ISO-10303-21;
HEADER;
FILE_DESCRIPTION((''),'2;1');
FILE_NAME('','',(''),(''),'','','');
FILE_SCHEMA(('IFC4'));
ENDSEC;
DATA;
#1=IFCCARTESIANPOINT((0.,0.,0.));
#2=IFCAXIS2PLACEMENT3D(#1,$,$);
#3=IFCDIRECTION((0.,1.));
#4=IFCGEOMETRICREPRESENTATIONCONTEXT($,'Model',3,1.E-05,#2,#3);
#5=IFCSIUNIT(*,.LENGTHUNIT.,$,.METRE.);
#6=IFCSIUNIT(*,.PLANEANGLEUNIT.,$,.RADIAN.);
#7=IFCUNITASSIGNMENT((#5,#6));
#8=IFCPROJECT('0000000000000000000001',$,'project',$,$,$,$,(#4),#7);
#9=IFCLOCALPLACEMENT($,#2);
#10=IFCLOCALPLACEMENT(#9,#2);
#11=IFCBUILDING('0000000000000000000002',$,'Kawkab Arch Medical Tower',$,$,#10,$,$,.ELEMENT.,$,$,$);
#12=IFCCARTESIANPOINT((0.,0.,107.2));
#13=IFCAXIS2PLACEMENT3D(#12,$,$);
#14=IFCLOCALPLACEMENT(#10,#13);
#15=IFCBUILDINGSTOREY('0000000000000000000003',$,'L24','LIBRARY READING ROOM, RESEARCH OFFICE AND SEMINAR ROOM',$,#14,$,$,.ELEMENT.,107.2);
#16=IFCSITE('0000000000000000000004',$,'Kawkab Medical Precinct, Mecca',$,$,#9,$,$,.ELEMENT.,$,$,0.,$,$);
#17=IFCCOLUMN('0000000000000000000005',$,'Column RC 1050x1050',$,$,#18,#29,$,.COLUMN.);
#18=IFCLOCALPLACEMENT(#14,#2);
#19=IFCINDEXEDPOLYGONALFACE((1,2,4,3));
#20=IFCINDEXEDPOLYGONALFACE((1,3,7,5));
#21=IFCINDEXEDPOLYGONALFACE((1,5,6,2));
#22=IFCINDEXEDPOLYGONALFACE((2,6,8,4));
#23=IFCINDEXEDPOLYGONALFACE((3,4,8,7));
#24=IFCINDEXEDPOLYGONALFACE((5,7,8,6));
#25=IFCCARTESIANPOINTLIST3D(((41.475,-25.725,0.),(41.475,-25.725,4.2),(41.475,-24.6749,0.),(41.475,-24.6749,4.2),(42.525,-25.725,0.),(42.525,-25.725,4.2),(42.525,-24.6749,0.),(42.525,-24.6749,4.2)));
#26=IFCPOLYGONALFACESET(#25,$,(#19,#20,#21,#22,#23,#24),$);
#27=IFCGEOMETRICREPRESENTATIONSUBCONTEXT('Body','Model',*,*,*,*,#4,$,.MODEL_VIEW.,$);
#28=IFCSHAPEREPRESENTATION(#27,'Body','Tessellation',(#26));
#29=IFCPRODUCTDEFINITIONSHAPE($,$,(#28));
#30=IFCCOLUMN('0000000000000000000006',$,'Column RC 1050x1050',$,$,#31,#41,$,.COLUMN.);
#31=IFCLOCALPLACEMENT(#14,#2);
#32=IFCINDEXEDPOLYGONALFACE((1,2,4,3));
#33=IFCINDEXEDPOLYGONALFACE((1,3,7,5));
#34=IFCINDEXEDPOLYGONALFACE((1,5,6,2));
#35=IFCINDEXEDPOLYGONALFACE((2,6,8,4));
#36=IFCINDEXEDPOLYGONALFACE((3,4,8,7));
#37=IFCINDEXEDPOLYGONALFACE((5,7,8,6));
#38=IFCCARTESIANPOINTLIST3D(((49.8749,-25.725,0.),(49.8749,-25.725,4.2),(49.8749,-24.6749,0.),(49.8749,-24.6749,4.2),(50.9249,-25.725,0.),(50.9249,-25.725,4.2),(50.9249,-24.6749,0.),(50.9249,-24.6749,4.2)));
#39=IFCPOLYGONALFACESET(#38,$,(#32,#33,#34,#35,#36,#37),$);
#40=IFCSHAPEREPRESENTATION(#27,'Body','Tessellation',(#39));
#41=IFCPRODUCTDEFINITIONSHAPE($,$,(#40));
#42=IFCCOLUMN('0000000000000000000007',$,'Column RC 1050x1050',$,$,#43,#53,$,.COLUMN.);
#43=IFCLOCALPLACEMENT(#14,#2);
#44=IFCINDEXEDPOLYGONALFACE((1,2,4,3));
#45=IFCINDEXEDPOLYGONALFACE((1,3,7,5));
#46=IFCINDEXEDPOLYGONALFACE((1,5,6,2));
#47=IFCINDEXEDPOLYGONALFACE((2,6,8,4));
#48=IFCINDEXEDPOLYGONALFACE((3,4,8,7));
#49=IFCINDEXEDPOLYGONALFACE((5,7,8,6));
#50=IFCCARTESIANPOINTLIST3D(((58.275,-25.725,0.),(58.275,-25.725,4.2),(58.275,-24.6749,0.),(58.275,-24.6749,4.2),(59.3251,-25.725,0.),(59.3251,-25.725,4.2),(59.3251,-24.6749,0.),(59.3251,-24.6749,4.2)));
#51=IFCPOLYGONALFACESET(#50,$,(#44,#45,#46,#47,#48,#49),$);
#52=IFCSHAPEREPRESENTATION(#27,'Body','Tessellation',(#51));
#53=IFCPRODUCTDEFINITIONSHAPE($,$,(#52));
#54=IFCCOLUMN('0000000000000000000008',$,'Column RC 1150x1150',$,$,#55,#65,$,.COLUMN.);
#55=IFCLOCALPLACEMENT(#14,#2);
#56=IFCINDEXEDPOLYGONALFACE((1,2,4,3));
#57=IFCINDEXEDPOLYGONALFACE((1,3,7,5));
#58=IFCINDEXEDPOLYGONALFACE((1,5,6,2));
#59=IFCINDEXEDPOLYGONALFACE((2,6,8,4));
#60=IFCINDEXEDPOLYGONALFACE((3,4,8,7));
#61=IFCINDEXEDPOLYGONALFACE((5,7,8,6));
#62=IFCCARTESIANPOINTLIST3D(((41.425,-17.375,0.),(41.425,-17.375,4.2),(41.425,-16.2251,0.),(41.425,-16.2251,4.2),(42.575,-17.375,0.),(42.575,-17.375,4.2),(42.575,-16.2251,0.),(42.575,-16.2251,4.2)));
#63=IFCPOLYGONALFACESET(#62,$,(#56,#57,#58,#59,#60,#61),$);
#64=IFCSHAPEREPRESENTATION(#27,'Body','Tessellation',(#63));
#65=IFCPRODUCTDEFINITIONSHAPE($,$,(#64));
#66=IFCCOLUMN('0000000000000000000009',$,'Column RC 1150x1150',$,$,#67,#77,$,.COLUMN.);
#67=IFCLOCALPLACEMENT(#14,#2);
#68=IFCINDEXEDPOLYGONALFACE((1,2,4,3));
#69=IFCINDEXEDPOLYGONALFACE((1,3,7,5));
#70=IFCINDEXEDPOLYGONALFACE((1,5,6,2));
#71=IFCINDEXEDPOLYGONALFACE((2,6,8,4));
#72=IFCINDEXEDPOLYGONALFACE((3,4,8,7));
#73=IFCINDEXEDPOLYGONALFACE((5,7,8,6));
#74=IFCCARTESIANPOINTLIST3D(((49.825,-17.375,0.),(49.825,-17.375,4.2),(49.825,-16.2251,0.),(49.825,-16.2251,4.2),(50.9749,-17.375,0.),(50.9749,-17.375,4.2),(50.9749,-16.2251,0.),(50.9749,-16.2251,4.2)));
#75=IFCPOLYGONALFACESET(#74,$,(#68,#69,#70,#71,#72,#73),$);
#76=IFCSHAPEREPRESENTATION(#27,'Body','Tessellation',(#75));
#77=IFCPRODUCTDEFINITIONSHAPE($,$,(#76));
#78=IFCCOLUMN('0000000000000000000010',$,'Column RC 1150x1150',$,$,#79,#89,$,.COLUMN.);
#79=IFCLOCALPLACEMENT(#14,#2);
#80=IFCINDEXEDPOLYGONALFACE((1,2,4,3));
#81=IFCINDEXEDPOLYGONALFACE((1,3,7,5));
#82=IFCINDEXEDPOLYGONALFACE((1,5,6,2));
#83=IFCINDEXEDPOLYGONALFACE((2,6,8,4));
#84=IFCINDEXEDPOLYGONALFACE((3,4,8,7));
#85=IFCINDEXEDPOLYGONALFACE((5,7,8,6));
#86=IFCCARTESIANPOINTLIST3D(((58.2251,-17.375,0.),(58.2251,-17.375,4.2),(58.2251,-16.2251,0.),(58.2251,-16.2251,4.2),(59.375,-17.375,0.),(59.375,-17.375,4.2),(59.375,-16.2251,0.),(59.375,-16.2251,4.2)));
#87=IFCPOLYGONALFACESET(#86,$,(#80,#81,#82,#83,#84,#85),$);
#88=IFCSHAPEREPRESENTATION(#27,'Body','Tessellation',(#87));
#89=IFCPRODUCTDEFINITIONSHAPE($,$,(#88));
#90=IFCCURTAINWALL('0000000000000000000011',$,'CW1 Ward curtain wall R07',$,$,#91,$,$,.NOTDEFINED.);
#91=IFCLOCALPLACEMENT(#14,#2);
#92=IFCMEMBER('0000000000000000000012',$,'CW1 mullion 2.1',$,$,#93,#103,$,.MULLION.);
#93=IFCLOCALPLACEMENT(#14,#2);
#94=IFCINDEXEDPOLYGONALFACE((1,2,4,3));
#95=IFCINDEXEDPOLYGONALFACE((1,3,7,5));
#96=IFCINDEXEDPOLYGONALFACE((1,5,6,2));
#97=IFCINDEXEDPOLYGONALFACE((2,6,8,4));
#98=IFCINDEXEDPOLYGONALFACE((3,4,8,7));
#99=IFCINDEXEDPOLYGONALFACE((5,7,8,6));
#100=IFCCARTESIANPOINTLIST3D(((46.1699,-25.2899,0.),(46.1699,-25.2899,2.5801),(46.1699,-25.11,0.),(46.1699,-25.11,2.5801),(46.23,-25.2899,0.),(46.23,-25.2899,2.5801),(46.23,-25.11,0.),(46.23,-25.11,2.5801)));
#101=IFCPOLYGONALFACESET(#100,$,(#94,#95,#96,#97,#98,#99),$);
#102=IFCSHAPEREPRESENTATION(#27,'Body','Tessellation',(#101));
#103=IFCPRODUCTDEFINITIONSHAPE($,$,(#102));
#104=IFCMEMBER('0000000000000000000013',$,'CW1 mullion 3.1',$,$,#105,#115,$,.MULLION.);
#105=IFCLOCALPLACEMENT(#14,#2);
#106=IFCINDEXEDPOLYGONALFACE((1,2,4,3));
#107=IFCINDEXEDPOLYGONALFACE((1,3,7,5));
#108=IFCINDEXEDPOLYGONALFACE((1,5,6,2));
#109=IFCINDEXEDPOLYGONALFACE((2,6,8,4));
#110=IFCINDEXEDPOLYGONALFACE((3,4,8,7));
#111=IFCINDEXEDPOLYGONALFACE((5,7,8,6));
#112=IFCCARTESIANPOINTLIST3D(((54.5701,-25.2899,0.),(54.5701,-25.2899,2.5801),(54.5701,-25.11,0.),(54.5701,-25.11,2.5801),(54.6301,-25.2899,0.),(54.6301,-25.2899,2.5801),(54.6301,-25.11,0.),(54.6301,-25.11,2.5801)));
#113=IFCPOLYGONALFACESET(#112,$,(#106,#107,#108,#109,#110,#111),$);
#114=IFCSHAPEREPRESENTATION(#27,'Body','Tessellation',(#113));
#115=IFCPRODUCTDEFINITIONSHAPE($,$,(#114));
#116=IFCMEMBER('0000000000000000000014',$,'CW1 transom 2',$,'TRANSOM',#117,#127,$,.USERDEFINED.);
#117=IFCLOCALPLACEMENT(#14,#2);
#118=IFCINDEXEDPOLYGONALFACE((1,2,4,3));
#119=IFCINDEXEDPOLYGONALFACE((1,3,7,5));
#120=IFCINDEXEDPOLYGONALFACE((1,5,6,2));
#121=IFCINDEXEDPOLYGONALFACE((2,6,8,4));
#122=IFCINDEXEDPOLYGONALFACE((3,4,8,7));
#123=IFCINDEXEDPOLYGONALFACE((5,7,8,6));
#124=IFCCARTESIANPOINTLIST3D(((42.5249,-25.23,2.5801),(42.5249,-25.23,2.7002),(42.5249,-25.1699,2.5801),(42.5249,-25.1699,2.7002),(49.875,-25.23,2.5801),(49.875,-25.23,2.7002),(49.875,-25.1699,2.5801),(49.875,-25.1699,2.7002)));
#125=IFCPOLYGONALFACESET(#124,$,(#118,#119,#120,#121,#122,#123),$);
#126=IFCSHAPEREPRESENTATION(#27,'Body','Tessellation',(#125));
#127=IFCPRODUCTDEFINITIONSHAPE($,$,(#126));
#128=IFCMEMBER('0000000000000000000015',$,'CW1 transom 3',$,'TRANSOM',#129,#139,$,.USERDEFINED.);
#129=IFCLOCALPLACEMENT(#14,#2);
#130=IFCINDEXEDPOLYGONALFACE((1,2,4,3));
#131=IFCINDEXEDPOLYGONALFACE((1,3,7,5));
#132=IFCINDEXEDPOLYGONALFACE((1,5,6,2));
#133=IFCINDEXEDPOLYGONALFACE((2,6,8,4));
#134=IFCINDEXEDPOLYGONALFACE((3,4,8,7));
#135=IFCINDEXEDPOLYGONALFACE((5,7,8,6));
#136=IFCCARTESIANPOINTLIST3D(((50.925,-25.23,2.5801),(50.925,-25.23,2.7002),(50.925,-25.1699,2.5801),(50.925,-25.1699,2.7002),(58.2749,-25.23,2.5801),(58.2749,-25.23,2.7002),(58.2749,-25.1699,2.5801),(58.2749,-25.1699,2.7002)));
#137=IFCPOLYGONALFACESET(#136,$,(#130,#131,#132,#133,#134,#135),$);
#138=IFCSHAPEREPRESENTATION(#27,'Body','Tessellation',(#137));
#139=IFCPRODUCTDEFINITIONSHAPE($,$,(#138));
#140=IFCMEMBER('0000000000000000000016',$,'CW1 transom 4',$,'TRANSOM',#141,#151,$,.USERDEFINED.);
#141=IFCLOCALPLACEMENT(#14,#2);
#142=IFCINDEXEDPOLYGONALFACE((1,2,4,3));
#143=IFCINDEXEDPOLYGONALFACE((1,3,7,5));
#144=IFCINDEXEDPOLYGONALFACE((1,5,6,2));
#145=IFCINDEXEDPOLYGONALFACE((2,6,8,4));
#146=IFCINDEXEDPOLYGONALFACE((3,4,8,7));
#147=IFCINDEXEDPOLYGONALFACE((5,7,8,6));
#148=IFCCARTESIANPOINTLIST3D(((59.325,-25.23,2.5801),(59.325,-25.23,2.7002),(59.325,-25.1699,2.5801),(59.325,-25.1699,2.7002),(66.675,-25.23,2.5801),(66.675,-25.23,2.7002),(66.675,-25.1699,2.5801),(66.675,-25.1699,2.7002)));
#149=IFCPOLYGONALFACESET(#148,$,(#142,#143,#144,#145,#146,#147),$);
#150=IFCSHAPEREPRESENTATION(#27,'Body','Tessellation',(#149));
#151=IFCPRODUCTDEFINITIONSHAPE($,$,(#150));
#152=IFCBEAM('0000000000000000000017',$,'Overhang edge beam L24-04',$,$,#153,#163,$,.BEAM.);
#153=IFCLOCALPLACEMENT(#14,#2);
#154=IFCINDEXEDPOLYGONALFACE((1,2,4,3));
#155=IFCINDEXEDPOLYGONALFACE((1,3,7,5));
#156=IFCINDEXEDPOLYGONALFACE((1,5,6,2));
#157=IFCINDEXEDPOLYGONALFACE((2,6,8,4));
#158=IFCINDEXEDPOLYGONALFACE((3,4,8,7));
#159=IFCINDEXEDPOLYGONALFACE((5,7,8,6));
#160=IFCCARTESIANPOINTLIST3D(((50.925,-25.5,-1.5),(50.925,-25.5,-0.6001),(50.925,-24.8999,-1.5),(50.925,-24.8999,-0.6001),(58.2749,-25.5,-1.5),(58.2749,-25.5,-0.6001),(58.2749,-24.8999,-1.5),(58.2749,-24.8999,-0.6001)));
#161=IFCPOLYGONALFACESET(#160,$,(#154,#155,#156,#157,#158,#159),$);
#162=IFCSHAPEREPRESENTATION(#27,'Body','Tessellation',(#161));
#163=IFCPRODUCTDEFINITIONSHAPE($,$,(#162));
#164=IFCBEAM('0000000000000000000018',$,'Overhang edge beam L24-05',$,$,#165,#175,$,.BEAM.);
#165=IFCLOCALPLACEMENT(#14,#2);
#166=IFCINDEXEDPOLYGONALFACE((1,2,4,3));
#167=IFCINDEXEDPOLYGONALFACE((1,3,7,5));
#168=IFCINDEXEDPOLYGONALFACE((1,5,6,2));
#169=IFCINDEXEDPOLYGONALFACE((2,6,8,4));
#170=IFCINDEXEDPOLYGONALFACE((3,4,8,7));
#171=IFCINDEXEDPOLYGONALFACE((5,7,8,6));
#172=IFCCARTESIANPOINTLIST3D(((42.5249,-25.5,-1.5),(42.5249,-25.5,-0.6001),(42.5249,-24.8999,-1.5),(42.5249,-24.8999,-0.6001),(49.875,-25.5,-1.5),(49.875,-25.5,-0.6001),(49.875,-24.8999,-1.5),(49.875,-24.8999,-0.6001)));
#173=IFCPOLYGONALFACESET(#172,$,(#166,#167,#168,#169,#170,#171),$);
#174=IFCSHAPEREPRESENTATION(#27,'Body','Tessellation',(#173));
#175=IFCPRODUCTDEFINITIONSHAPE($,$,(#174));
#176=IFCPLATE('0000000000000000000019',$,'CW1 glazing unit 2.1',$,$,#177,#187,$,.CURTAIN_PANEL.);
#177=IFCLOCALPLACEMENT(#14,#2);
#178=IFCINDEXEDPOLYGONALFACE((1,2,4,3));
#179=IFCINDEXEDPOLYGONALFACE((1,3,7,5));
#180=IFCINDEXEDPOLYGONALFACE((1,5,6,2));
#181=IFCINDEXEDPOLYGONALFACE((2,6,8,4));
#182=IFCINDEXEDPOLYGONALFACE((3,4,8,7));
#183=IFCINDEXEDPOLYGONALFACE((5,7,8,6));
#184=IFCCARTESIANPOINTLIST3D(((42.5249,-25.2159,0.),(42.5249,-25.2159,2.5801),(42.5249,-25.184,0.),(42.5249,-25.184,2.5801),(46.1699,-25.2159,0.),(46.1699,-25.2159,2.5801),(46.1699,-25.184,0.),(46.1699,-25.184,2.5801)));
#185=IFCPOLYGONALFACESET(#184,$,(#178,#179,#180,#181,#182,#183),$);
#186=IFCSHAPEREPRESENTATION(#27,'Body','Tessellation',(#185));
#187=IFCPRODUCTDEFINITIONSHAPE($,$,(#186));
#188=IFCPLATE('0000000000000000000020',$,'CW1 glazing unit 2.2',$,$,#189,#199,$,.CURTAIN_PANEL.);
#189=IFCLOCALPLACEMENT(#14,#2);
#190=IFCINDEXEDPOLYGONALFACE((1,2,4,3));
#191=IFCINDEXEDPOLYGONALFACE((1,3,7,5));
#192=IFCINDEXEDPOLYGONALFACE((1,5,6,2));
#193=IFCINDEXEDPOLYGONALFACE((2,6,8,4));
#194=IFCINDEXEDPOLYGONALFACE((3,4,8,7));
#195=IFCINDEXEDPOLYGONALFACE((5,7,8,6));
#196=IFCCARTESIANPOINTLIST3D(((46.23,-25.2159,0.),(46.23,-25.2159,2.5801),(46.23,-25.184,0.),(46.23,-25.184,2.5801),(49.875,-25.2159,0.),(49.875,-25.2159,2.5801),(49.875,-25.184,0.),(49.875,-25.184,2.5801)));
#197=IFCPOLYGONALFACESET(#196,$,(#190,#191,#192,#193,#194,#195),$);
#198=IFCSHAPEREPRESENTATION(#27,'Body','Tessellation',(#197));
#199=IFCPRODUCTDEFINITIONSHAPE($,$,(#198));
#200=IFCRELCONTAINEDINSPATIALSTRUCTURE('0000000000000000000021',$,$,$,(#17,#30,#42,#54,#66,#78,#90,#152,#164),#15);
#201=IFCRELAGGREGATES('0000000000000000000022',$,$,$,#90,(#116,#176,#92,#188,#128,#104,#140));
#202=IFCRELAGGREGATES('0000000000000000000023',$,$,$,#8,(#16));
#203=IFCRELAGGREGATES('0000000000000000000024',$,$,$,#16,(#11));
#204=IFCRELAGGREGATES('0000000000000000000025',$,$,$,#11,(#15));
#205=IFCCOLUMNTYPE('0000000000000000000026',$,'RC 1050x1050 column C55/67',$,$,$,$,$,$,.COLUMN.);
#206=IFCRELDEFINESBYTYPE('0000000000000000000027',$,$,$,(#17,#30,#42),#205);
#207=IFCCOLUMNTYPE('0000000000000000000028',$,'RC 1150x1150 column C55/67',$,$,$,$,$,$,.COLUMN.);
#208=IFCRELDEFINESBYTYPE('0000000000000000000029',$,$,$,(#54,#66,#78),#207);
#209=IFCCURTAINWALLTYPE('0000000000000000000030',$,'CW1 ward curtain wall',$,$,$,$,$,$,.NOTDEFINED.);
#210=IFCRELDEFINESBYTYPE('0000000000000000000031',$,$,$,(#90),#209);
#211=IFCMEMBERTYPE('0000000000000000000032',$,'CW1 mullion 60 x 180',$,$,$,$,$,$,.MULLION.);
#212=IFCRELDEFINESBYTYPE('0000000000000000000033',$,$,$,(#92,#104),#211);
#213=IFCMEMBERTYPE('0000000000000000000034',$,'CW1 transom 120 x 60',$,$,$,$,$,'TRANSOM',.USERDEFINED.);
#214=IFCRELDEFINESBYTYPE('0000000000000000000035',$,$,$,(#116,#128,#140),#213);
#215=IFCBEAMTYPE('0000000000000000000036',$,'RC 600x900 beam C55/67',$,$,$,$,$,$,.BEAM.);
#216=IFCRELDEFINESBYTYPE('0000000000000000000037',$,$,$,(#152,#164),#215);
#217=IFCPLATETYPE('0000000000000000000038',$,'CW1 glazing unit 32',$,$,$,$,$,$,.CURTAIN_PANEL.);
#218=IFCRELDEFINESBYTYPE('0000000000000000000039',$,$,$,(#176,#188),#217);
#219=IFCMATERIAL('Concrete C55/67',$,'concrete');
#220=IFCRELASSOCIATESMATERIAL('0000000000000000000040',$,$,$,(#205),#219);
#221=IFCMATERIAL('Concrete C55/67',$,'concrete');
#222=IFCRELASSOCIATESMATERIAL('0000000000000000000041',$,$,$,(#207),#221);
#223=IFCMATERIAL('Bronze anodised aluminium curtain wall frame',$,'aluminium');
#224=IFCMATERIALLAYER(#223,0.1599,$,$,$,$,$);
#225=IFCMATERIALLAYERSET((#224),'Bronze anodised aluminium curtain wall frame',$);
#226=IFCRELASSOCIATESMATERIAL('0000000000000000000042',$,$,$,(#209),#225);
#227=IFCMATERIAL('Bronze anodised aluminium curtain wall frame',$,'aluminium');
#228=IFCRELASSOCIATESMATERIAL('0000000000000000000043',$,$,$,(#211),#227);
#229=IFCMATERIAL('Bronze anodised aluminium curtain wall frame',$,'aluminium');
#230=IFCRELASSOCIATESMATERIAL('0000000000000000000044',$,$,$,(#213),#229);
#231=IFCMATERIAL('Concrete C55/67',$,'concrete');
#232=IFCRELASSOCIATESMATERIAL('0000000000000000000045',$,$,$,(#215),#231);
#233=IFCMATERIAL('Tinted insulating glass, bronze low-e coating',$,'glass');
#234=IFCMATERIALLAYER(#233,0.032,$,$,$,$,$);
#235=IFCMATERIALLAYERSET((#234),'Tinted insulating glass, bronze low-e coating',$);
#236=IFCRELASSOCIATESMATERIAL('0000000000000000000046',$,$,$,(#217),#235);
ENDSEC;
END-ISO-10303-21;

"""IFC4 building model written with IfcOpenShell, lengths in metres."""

from ifc_helpers import new_model, si_unit, direction, frame, origin, origin_2d, place, context, subcontext, project, spatial, rectangle, extrude, material, layer, layer_set, material_profile, profile_set, type_object, element, aggregate, save


model = new_model("IFC4")

# Units and contexts
model_context = context("Model", 3, precision=1e-05, world=origin(), true_north=direction((0.0, 1.0)))
body_context = subcontext(model_context, "Body", "Model", "MODEL_VIEW")
ifc_project = project(units=[si_unit("LENGTHUNIT", "METRE"), si_unit("PLANEANGLEUNIT", "RADIAN")], contexts=[model_context])

# Site, building, storey
site_placement = place(None, origin())
site = spatial("IfcSite", under=ifc_project, at=site_placement, Name="Kawkab Medical Precinct, Mecca", CompositionType="ELEMENT", RefElevation=0.0)
building_placement = place(site_placement, origin())
building = spatial("IfcBuilding", under=site, at=building_placement, Name="Kawkab Arch Medical Tower", CompositionType="ELEMENT")
storey_placement = place(building_placement, frame((0.0, 0.0, 107.2)))
storey = spatial("IfcBuildingStorey", under=building, at=storey_placement, Name="L24", Description="LIBRARY READING ROOM, RESEARCH OFFICE AND SEMINAR ROOM", CompositionType="ELEMENT", Elevation=107.2)

# Columns
ifc_material_1 = material(Name="Concrete C55/67", Category="concrete")
ifc_material_profile_1 = material_profile(ifc_material_1, rectangle(XDim=1.05, YDim=1.05, at=origin_2d()), Name="RC 1050x1050")
ifc_profile_set_1 = profile_set([ifc_material_profile_1], Name="Concrete C55/67")
column_type_1 = type_object("IfcColumnType", Name="RC 1050x1050 column C55/67", PredefinedType="COLUMN", material=ifc_profile_set_1)
for number, where, z_axis, x_axis, name in (
    (1, (42.0, -25.2, 0.0), (0.0, 0.0, 1.0), (1.0, 0.0, 0.0), "Column RC 1050x1050"),
    (2, (50.3999, -25.2, 0.0), (0.0, 0.0, 1.0), (1.0, 0.0, 0.0), "Column RC 1050x1050"),
    (3, (58.8, -25.2, 0.0), (0.0, 0.0, 1.0), (1.0, 0.0, 0.0), "Column RC 1050x1050"),
):
    element("IfcColumn", number, at=place(storey_placement, frame(where, z_axis=z_axis, x_axis=x_axis)), inside=storey, type_object=column_type_1, Name=name, PredefinedType="COLUMN", context=body_context, shape_type="SweptSolid", body=[
        extrude(rectangle(XDim=1.05, YDim=1.05, at=origin_2d()), origin(), (0.0, 0.0, 1.0), 4.2),
    ])
ifc_material_2 = material(Name="Concrete C55/67", Category="concrete")
ifc_material_profile_2 = material_profile(ifc_material_2, rectangle(XDim=1.1499, YDim=1.1499, at=origin_2d()), Name="RC 1150x1150")
ifc_profile_set_2 = profile_set([ifc_material_profile_2], Name="Concrete C55/67")
column_type_2 = type_object("IfcColumnType", Name="RC 1150x1150 column C55/67", PredefinedType="COLUMN", material=ifc_profile_set_2)
for number, where, z_axis, x_axis, name in (
    (4, (42.0, -16.8, 0.0), (0.0, 0.0, 1.0), (1.0, 0.0, 0.0), "Column RC 1150x1150"),
    (5, (50.3999, -16.8, 0.0), (0.0, 0.0, 1.0), (1.0, 0.0, 0.0), "Column RC 1150x1150"),
    (6, (58.8, -16.8, 0.0), (0.0, 0.0, 1.0), (1.0, 0.0, 0.0), "Column RC 1150x1150"),
):
    element("IfcColumn", number, at=place(storey_placement, frame(where, z_axis=z_axis, x_axis=x_axis)), inside=storey, type_object=column_type_2, Name=name, PredefinedType="COLUMN", context=body_context, shape_type="SweptSolid", body=[
        extrude(rectangle(XDim=1.1499, YDim=1.1499, at=origin_2d()), origin(), (0.0, 0.0, 1.0), 4.2),
    ])

# Curtain wall, members
ifc_material_3 = material(Name="Bronze anodised aluminium curtain wall frame", Category="aluminium")
ifc_layer_1 = layer(ifc_material_3, 0.1599)
ifc_layer_set_1 = layer_set([ifc_layer_1], Name="Bronze anodised aluminium curtain wall frame")
curtain_wall_type = type_object("IfcCurtainWallType", Name="CW1 ward curtain wall", PredefinedType="NOTDEFINED", material=ifc_layer_set_1)
curtain_wall_placement = place(storey_placement, origin())
curtain_wall = element("IfcCurtainWall", 7, at=curtain_wall_placement, inside=storey, type_object=curtain_wall_type, Name="CW1 Ward curtain wall R07", PredefinedType="NOTDEFINED")
ifc_material_4 = material(Name="Bronze anodised aluminium curtain wall frame", Category="aluminium")
ifc_material_profile_3 = material_profile(ifc_material_4, rectangle(XDim=0.1799, YDim=0.0601, at=origin_2d()), Name="AL 60x180")
ifc_profile_set_3 = profile_set([ifc_material_profile_3], Name="Bronze anodised aluminium curtain wall frame")
member_type_1 = type_object("IfcMemberType", Name="CW1 mullion 60 x 180", PredefinedType="MULLION", material=ifc_profile_set_3)
member_1_placement = place(storey_placement, frame((46.2, -25.2, 0.0), z_axis=(0.0, 0.0, 1.0), x_axis=(0.0, 1.0, 0.0)))
member_1 = element("IfcMember", 8, at=member_1_placement, type_object=member_type_1, Name="CW1 mullion 2.1", PredefinedType="MULLION", context=body_context, shape_type="SweptSolid", body=[
    extrude(rectangle(XDim=0.1799, YDim=0.0601, at=origin_2d()), origin(), (0.0, 0.0, 1.0), 2.5801),
])
member_2_placement = place(storey_placement, frame((54.6001, -25.2, 0.0), z_axis=(0.0, 0.0, 1.0), x_axis=(0.0, 1.0, 0.0)))
member_2 = element("IfcMember", 9, at=member_2_placement, type_object=member_type_1, Name="CW1 mullion 3.1", PredefinedType="MULLION", context=body_context, shape_type="SweptSolid", body=[
    extrude(rectangle(XDim=0.1799, YDim=0.0601, at=origin_2d()), origin(), (0.0, 0.0, 1.0), 2.5801),
])
ifc_material_5 = material(Name="Bronze anodised aluminium curtain wall frame", Category="aluminium")
ifc_material_profile_4 = material_profile(ifc_material_5, rectangle(XDim=0.0601, YDim=0.1201, at=origin_2d()), Name="AL 60x120")
ifc_profile_set_4 = profile_set([ifc_material_profile_4], Name="Bronze anodised aluminium curtain wall frame")
member_type_2 = type_object("IfcMemberType", Name="CW1 transom 120 x 60", ElementType="TRANSOM", PredefinedType="USERDEFINED", material=ifc_profile_set_4)
member_3_placement = place(storey_placement, frame((42.5249, -25.2, 2.6401), z_axis=(1.0, 0.0, 0.0), x_axis=(0.0, 1.0, 0.0)))
member_3 = element("IfcMember", 10, at=member_3_placement, type_object=member_type_2, Name="CW1 transom 2", ObjectType="TRANSOM", PredefinedType="USERDEFINED", context=body_context, shape_type="SweptSolid", body=[
    extrude(rectangle(XDim=0.0601, YDim=0.1201, at=origin_2d()), origin(), (0.0, 0.0, 1.0), 7.3501),
])
member_4_placement = place(storey_placement, frame((50.925, -25.2, 2.6401), z_axis=(1.0, 0.0, 0.0), x_axis=(0.0, 1.0, 0.0)))
member_4 = element("IfcMember", 11, at=member_4_placement, type_object=member_type_2, Name="CW1 transom 3", ObjectType="TRANSOM", PredefinedType="USERDEFINED", context=body_context, shape_type="SweptSolid", body=[
    extrude(rectangle(XDim=0.0601, YDim=0.1201, at=origin_2d()), origin(), (0.0, 0.0, 1.0), 7.3499),
])
member_5_placement = place(storey_placement, frame((59.325, -25.2, 2.6401), z_axis=(1.0, 0.0, 0.0), x_axis=(0.0, 1.0, 0.0)))
member_5 = element("IfcMember", 12, at=member_5_placement, type_object=member_type_2, Name="CW1 transom 4", ObjectType="TRANSOM", PredefinedType="USERDEFINED", context=body_context, shape_type="SweptSolid", body=[
    extrude(rectangle(XDim=0.0601, YDim=0.1201, at=origin_2d()), origin(), (0.0, 0.0, 1.0), 7.3501),
])

# Beams
ifc_material_6 = material(Name="Concrete C55/67", Category="concrete")
ifc_material_profile_5 = material_profile(ifc_material_6, rectangle(XDim=0.6001, YDim=0.8999, at=origin_2d()), Name="RC 600x900")
ifc_profile_set_5 = profile_set([ifc_material_profile_5], Name="Concrete C55/67")
beam_type = type_object("IfcBeamType", Name="RC 600x900 beam C55/67", PredefinedType="BEAM", material=ifc_profile_set_5)
beam_1_placement = place(storey_placement, frame((58.2749, -25.2, -1.05), z_axis=(-1.0, 0.0, 0.0), x_axis=(0.0, -1.0, 0.0)))
element("IfcBeam", 13, at=beam_1_placement, inside=storey, type_object=beam_type, Name="Overhang edge beam L24-04", PredefinedType="BEAM", context=body_context, shape_type="SweptSolid", body=[
    extrude(rectangle(XDim=0.6001, YDim=0.8999, at=origin_2d()), origin(), (0.0, 0.0, 1.0), 7.3499),
])
beam_2_placement = place(storey_placement, frame((49.875, -25.2, -1.05), z_axis=(-1.0, 0.0, 0.0), x_axis=(0.0, -1.0, 0.0)))
element("IfcBeam", 14, at=beam_2_placement, inside=storey, type_object=beam_type, Name="Overhang edge beam L24-05", PredefinedType="BEAM", context=body_context, shape_type="SweptSolid", body=[
    extrude(rectangle(XDim=0.6001, YDim=0.8999, at=origin_2d()), origin(), (0.0, 0.0, 1.0), 7.3501),
])

# Plates
ifc_material_7 = material(Name="Tinted insulating glass, bronze low-e coating", Category="glass")
ifc_layer_2 = layer(ifc_material_7, 0.032)
ifc_layer_set_2 = layer_set([ifc_layer_2], Name="Tinted insulating glass, bronze low-e coating")
plate_type = type_object("IfcPlateType", Name="CW1 glazing unit 32", PredefinedType="CURTAIN_PANEL", material=ifc_layer_set_2)
plate_1_placement = place(storey_placement, frame((44.3474, -25.2, 0.0), z_axis=(0.0, 0.0, 1.0), x_axis=(1.0, 0.0, 0.0)))
plate_1 = element("IfcPlate", 15, at=plate_1_placement, type_object=plate_type, Name="CW1 glazing unit 2.1", PredefinedType="CURTAIN_PANEL", context=body_context, shape_type="SweptSolid", body=[
    extrude(rectangle(XDim=3.645, YDim=0.032, at=origin_2d()), origin(), (0.0, 0.0, 1.0), 2.5801),
])
plate_2_placement = place(storey_placement, frame((48.0525, -25.2, 0.0), z_axis=(0.0, 0.0, 1.0), x_axis=(1.0, 0.0, 0.0)))
plate_2 = element("IfcPlate", 16, at=plate_2_placement, type_object=plate_type, Name="CW1 glazing unit 2.2", PredefinedType="CURTAIN_PANEL", context=body_context, shape_type="SweptSolid", body=[
    extrude(rectangle(XDim=3.645, YDim=0.032, at=origin_2d()), origin(), (0.0, 0.0, 1.0), 2.5801),
])
aggregate(curtain_wall, [member_3, plate_1, member_1, plate_2, member_4, member_2, member_5])

save(model, "model.ifc")
